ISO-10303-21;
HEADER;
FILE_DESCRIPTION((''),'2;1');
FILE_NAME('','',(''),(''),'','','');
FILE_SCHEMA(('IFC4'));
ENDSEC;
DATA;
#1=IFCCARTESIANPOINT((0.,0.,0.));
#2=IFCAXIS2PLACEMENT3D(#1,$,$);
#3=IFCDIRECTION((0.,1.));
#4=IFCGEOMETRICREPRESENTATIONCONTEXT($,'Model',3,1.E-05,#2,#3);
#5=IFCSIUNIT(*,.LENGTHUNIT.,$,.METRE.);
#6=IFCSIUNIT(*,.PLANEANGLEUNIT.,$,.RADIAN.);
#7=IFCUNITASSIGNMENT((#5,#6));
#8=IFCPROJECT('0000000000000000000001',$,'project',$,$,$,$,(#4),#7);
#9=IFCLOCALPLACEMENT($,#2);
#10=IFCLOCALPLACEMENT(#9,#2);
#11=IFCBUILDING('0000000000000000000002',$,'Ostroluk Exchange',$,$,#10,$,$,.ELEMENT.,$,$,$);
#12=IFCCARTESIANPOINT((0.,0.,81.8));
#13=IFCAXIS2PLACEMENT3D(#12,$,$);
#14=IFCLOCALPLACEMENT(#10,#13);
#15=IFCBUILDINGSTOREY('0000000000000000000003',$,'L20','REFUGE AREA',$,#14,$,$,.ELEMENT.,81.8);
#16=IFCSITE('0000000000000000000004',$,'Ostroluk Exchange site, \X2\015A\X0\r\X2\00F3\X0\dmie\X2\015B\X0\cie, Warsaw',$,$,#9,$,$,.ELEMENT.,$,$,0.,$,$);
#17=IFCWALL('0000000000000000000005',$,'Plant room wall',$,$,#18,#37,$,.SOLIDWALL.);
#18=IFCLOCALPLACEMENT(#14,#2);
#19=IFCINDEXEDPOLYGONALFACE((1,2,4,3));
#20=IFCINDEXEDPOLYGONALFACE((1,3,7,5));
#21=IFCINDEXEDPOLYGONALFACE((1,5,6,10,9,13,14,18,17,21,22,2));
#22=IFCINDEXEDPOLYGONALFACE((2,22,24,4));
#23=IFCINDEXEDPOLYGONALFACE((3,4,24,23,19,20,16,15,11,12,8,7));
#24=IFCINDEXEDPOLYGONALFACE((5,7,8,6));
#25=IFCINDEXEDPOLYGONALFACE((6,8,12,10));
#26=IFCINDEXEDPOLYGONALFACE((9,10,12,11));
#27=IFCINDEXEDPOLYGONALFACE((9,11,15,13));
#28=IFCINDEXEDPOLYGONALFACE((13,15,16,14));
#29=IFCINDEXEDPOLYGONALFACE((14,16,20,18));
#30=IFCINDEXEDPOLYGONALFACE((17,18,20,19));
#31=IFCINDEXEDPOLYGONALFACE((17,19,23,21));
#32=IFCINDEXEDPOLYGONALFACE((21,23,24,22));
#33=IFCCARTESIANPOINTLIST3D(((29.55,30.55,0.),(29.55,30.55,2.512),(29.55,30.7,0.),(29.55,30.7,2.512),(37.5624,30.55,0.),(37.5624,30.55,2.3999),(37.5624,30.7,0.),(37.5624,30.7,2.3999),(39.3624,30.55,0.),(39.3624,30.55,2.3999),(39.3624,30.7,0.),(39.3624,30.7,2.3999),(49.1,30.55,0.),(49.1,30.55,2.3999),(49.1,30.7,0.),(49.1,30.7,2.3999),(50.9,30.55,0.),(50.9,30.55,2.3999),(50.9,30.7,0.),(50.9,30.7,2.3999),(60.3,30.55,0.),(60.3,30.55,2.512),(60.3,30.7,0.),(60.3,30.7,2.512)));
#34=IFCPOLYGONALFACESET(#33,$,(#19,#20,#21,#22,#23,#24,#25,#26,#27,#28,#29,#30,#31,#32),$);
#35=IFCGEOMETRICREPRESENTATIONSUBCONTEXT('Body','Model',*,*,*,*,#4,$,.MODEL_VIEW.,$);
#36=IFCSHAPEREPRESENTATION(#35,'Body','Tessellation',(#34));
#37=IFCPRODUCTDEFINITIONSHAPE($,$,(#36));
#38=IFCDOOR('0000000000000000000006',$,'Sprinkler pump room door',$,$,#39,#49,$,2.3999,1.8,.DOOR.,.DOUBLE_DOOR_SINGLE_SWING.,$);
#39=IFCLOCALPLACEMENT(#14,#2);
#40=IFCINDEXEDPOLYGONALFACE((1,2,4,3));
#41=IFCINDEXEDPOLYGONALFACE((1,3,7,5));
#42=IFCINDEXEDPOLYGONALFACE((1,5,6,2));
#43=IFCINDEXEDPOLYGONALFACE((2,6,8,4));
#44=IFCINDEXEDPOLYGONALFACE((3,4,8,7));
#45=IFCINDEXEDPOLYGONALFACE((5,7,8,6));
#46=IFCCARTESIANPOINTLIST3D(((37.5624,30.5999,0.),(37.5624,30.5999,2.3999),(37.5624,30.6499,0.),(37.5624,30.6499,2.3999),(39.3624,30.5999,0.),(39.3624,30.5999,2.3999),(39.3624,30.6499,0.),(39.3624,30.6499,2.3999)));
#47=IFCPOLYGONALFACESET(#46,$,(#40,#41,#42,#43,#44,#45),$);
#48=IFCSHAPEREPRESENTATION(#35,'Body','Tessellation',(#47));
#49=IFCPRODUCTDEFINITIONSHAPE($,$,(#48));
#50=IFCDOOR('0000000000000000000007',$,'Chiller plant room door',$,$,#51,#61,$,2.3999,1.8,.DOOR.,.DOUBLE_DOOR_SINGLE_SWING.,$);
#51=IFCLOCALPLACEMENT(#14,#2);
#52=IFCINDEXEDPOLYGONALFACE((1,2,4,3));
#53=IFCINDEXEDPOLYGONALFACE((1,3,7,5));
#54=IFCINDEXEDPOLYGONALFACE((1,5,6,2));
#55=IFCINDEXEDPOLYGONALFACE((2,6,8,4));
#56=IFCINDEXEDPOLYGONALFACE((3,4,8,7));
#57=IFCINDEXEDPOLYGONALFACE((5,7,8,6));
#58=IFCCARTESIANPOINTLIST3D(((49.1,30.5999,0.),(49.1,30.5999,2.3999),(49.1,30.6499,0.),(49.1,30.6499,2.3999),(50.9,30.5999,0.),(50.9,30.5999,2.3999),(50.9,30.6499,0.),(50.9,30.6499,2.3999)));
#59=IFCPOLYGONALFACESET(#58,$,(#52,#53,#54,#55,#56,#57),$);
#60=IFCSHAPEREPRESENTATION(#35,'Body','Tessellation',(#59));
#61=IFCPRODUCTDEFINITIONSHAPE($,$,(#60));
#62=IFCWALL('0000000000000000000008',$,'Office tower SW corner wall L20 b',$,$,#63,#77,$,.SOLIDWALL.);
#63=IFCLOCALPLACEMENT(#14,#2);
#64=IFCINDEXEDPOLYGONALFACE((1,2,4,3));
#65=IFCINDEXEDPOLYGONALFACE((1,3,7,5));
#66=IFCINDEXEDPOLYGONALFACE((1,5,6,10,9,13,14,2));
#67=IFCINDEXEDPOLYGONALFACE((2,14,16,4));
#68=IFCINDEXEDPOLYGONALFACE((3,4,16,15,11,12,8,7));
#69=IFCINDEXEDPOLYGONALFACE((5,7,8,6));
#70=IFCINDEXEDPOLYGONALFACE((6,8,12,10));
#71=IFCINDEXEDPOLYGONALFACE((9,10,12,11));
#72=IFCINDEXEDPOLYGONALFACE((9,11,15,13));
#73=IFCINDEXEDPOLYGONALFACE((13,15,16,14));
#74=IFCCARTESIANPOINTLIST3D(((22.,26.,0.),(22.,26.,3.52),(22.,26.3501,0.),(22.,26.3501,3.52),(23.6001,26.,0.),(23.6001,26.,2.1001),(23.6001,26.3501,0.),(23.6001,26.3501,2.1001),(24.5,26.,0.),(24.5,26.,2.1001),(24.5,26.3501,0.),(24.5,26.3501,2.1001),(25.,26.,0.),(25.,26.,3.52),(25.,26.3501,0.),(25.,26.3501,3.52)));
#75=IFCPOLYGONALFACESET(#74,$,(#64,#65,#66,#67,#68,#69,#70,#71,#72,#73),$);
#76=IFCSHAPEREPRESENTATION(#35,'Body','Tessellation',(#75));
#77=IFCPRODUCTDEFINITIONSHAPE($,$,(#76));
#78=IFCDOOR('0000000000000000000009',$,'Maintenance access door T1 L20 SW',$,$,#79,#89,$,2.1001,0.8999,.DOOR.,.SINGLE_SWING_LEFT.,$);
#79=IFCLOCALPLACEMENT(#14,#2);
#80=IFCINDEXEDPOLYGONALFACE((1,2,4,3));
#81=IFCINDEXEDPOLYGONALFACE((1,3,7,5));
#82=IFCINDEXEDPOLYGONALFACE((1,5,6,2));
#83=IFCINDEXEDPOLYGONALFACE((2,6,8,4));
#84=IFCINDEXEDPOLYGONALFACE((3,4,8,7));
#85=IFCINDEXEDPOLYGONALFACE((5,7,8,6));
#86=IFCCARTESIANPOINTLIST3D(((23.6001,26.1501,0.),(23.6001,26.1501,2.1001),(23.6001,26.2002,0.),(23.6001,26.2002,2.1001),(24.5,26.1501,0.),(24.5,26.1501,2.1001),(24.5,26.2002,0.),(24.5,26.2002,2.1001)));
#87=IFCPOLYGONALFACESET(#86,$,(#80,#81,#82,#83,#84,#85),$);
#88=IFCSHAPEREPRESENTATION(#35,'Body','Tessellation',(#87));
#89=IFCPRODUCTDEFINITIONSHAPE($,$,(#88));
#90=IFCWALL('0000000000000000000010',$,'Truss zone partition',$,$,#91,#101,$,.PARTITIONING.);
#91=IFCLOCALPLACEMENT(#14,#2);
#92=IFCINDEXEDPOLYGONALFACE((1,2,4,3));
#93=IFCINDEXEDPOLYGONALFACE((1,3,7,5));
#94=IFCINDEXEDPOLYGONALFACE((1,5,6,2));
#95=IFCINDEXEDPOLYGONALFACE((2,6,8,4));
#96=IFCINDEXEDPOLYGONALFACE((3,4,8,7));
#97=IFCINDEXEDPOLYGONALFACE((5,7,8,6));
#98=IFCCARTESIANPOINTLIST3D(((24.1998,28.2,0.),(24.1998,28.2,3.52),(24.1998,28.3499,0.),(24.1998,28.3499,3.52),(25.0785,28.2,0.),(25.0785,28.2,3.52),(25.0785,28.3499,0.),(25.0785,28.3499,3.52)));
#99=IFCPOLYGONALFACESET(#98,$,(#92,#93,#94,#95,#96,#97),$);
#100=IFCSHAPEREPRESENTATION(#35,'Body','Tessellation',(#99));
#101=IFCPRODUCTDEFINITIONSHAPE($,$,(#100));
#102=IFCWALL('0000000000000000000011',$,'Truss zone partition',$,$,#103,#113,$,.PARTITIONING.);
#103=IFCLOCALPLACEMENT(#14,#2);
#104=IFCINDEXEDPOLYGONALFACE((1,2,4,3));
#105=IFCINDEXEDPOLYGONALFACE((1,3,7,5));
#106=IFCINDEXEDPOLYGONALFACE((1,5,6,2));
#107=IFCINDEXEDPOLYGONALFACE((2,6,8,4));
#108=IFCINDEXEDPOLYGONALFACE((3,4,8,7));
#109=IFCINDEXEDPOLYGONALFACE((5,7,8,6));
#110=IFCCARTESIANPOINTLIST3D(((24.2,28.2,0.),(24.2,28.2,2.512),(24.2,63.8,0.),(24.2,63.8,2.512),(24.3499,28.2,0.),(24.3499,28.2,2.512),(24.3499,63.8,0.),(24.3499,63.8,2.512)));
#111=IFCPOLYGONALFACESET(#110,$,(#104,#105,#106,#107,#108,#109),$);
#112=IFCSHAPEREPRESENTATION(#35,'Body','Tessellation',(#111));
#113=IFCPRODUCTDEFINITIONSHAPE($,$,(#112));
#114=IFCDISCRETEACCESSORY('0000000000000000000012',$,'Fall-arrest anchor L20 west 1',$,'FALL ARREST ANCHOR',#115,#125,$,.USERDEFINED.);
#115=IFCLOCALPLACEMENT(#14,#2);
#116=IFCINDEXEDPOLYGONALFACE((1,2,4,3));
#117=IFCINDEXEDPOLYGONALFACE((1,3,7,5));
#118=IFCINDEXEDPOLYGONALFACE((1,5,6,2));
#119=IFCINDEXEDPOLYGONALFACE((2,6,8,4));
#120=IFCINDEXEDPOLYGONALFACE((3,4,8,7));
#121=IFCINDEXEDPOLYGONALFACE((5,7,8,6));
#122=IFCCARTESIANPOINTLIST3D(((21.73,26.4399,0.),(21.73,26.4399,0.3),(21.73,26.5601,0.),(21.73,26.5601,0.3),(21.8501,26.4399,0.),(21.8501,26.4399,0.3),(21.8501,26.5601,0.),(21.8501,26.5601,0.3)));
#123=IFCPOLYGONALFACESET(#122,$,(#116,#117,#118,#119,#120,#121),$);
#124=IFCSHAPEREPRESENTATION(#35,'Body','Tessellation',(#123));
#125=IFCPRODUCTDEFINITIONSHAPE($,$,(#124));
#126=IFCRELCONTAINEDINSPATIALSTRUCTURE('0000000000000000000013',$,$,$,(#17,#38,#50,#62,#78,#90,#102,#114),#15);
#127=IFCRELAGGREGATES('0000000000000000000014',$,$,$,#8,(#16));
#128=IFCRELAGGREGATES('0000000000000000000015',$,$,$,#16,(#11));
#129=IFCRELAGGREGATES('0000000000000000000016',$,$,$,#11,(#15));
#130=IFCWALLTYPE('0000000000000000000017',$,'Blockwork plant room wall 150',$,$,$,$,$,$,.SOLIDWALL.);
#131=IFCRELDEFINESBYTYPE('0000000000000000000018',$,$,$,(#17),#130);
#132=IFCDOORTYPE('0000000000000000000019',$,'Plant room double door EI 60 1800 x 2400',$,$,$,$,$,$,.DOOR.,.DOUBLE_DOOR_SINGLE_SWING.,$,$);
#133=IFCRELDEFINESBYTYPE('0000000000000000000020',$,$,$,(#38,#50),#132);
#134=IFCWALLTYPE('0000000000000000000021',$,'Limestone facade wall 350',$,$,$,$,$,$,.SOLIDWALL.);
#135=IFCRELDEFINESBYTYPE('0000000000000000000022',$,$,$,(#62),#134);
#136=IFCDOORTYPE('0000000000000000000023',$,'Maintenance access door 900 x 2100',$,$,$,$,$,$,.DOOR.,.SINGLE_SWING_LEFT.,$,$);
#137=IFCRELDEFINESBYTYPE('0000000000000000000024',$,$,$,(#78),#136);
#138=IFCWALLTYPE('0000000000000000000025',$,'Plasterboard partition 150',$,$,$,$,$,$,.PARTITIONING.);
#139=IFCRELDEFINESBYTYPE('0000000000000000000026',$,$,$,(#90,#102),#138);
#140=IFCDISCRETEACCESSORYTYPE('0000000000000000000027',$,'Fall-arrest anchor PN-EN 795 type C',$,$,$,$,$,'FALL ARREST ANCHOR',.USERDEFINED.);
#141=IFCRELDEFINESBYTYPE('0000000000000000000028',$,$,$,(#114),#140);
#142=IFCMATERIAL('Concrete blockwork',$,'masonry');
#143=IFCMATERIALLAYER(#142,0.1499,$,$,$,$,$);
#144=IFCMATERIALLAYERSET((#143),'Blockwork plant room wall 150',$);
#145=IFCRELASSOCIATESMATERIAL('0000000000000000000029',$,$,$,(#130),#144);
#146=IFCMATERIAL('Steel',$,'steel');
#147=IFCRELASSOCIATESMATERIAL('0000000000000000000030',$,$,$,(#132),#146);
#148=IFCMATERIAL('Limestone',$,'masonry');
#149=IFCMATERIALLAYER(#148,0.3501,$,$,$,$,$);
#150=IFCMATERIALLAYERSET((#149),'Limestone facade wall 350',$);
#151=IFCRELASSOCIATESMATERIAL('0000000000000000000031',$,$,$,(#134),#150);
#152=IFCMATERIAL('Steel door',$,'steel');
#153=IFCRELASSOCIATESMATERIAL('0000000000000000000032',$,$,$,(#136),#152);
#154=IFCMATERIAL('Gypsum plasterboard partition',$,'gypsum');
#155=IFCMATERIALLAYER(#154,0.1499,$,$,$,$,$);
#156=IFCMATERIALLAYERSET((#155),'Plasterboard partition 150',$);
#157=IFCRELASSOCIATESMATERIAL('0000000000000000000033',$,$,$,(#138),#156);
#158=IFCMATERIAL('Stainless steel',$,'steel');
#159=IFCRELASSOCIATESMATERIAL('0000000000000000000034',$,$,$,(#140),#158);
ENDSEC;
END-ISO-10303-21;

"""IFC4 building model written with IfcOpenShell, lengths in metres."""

from ifc_helpers import new_model, si_unit, direction, frame, frame_2d, origin, origin_2d, place, context, subcontext, project, spatial, rectangle, extrude, material, layer, layer_set, type_object, element, fill, save


model = new_model("IFC4")

# Units and contexts
model_context = context("Model", 3, precision=1e-05, world=origin(), true_north=direction((0.0, 1.0)))
body_context = subcontext(model_context, "Body", "Model", "MODEL_VIEW")
ifc_project = project(units=[si_unit("LENGTHUNIT", "METRE"), si_unit("PLANEANGLEUNIT", "RADIAN")], contexts=[model_context])

# Site, building, storey
site_placement = place(None, origin())
site = spatial("IfcSite", under=ifc_project, at=site_placement, Name="Ostroluk Exchange site, Śródmieście, Warsaw", CompositionType="ELEMENT", RefElevation=0.0)
building_placement = place(site_placement, origin())
building = spatial("IfcBuilding", under=site, at=building_placement, Name="Ostroluk Exchange", CompositionType="ELEMENT")
storey_placement = place(building_placement, frame((0.0, 0.0, 81.8)))
storey = spatial("IfcBuildingStorey", under=building, at=storey_placement, Name="L20", Description="REFUGE AREA", CompositionType="ELEMENT", Elevation=81.8)

# Wall, openings, doors
ifc_material_1 = material(Name="Concrete blockwork", Category="masonry")
ifc_layer_1 = layer(ifc_material_1, 0.1499)
ifc_layer_set_1 = layer_set([ifc_layer_1], Name="Blockwork plant room wall 150")
wall_type_1 = type_object("IfcWallType", Name="Blockwork plant room wall 150", PredefinedType="SOLIDWALL", material=ifc_layer_set_1)
wall_1_placement = place(storey_placement, frame((29.55, 30.625, 0.0), z_axis=(0.0, 0.0, 1.0), x_axis=(1.0, 0.0, 0.0)))
wall_1 = element("IfcWall", 1, at=wall_1_placement, inside=storey, type_object=wall_type_1, Name="Plant room wall", PredefinedType="SOLIDWALL", context=body_context, shape_type="SweptSolid", body=[
    extrude(rectangle(XDim=30.75, YDim=0.1499, at=frame_2d((15.375, 0.0))), origin(), (0.0, 0.0, 1.0), 2.512),
])
opening_1_placement = place(wall_1_placement, frame((8.0125, 0.0, 0.0)))
opening_1 = element("IfcOpeningElement", 2, at=opening_1_placement, cuts=wall_1, PredefinedType="OPENING", context=body_context, shape_type="SweptSolid", body=[
    extrude(rectangle(XDim=1.8, YDim=2.3999, at=frame_2d((0.8999, 1.2))), frame((0.0, 0.085, 0.0), z_axis=(0.0, -1.0, 0.0), x_axis=(1.0, 0.0, 0.0)), (0.0, 0.0, 1.0), 0.1699),
])
opening_2_placement = place(wall_1_placement, frame((19.55, 0.0, 0.0)))
opening_2 = element("IfcOpeningElement", 3, at=opening_2_placement, cuts=wall_1, PredefinedType="OPENING", context=body_context, shape_type="SweptSolid", body=[
    extrude(rectangle(XDim=1.8, YDim=2.3999, at=frame_2d((0.8999, 1.2))), frame((0.0, 0.085, 0.0), z_axis=(0.0, -1.0, 0.0), x_axis=(1.0, 0.0, 0.0)), (0.0, 0.0, 1.0), 0.1699),
])
ifc_material_2 = material(Name="Steel", Category="steel")
door_type_1 = type_object("IfcDoorType", Name="Plant room double door EI 60 1800 x 2400", OperationType="DOUBLE_DOOR_SINGLE_SWING", PredefinedType="DOOR", material=ifc_material_2)
door_1_placement = place(opening_1_placement, origin())
door_1 = element("IfcDoor", 4, at=door_1_placement, inside=storey, type_object=door_type_1, Name="Sprinkler pump room door", OperationType="DOUBLE_DOOR_SINGLE_SWING", OverallHeight=2.3999, OverallWidth=1.8, PredefinedType="DOOR", context=body_context, shape_type="SweptSolid", body=[
    extrude(rectangle(XDim=1.8, YDim=2.3999, at=frame_2d((0.8999, 1.2))), frame((0.0, 0.0249, 0.0), z_axis=(0.0, -1.0, 0.0), x_axis=(1.0, 0.0, 0.0)), (0.0, 0.0, 1.0), 0.05),
])
fill(opening_1, door_1)
door_2_placement = place(opening_2_placement, origin())
door_2 = element("IfcDoor", 5, at=door_2_placement, inside=storey, type_object=door_type_1, Name="Chiller plant room door", OperationType="DOUBLE_DOOR_SINGLE_SWING", OverallHeight=2.3999, OverallWidth=1.8, PredefinedType="DOOR", context=body_context, shape_type="SweptSolid", body=[
    extrude(rectangle(XDim=1.8, YDim=2.3999, at=frame_2d((0.8999, 1.2))), frame((0.0, 0.0249, 0.0), z_axis=(0.0, -1.0, 0.0), x_axis=(1.0, 0.0, 0.0)), (0.0, 0.0, 1.0), 0.05),
])
fill(opening_2, door_2)

# Wall, opening, door
ifc_material_3 = material(Name="Limestone", Category="masonry")
ifc_layer_2 = layer(ifc_material_3, 0.3501)
ifc_layer_set_2 = layer_set([ifc_layer_2], Name="Limestone facade wall 350")
wall_type_2 = type_object("IfcWallType", Name="Limestone facade wall 350", PredefinedType="SOLIDWALL", material=ifc_layer_set_2)
wall_2_placement = place(storey_placement, frame((25.0, 26.175, 0.0), z_axis=(0.0, 0.0, 1.0), x_axis=(-1.0, 0.0, 0.0)))
wall_2 = element("IfcWall", 6, at=wall_2_placement, inside=storey, type_object=wall_type_2, Name="Office tower SW corner wall L20 b", PredefinedType="SOLIDWALL", context=body_context, shape_type="SweptSolid", body=[
    extrude(rectangle(XDim=3.0, YDim=0.3501, at=frame_2d((1.5, 0.0))), origin(), (0.0, 0.0, 1.0), 3.52),
])
opening_3_placement = place(wall_2_placement, frame((0.5, 0.0, 0.0)))
opening_3 = element("IfcOpeningElement", 7, at=opening_3_placement, cuts=wall_2, PredefinedType="OPENING", context=body_context, shape_type="SweptSolid", body=[
    extrude(rectangle(XDim=0.8999, YDim=2.1001, at=frame_2d((0.45, 1.05))), frame((0.0, 0.1851, 0.0), z_axis=(0.0, -1.0, 0.0), x_axis=(1.0, 0.0, 0.0)), (0.0, 0.0, 1.0), 0.3701),
])
ifc_material_4 = material(Name="Steel door", Category="steel")
door_type_2 = type_object("IfcDoorType", Name="Maintenance access door 900 x 2100", OperationType="SINGLE_SWING_LEFT", PredefinedType="DOOR", material=ifc_material_4)
door_3_placement = place(opening_3_placement, origin())
door_3 = element("IfcDoor", 8, at=door_3_placement, inside=storey, type_object=door_type_2, Name="Maintenance access door T1 L20 SW", OperationType="SINGLE_SWING_LEFT", OverallHeight=2.1001, OverallWidth=0.8999, PredefinedType="DOOR", context=body_context, shape_type="SweptSolid", body=[
    extrude(rectangle(XDim=0.8999, YDim=2.1001, at=frame_2d((0.45, 1.05))), frame((0.0, 0.0249, 0.0), z_axis=(0.0, -1.0, 0.0), x_axis=(1.0, 0.0, 0.0)), (0.0, 0.0, 1.0), 0.05),
])
fill(opening_3, door_3)

# Walls
ifc_material_5 = material(Name="Gypsum plasterboard partition", Category="gypsum")
ifc_layer_3 = layer(ifc_material_5, 0.1499)
ifc_layer_set_3 = layer_set([ifc_layer_3], Name="Plasterboard partition 150")
wall_type_3 = type_object("IfcWallType", Name="Plasterboard partition 150", PredefinedType="PARTITIONING", material=ifc_layer_set_3)
wall_3_placement = place(storey_placement, frame((25.0786, 28.2749, 0.0), z_axis=(0.0, 0.0, 1.0), x_axis=(-1.0, 0.0, 0.0)))
element("IfcWall", 9, at=wall_3_placement, inside=storey, type_object=wall_type_3, Name="Truss zone partition", PredefinedType="PARTITIONING", context=body_context, shape_type="SweptSolid", body=[
    extrude(rectangle(XDim=0.8787, YDim=0.1499, at=frame_2d((0.4395, 0.0))), origin(), (0.0, 0.0, 1.0), 3.52),
])
wall_4_placement = place(storey_placement, frame((24.2749, 28.2, 0.0), z_axis=(0.0, 0.0, 1.0), x_axis=(0.0, 1.0, 0.0)))
element("IfcWall", 10, at=wall_4_placement, inside=storey, type_object=wall_type_3, Name="Truss zone partition", PredefinedType="PARTITIONING", context=body_context, shape_type="SweptSolid", body=[
    extrude(rectangle(XDim=35.6001, YDim=0.1499, at=frame_2d((17.8, 0.0))), origin(), (0.0, 0.0, 1.0), 2.512),
])

# Discrete accessory
ifc_material_6 = material(Name="Stainless steel", Category="steel")
discrete_accessory_type = type_object("IfcDiscreteAccessoryType", Name="Fall-arrest anchor PN-EN 795 type C", ElementType="FALL ARREST ANCHOR", PredefinedType="USERDEFINED", material=ifc_material_6)
discrete_accessory_placement = place(storey_placement, frame((21.79, 26.5, 0.0), z_axis=(0.0, 0.0, 1.0), x_axis=(1.0, 0.0, 0.0)))
element("IfcDiscreteAccessory", 11, at=discrete_accessory_placement, inside=storey, type_object=discrete_accessory_type, Name="Fall-arrest anchor L20 west 1", ObjectType="FALL ARREST ANCHOR", PredefinedType="USERDEFINED", context=body_context, shape_type="SweptSolid", body=[
    extrude(rectangle(XDim=0.1201, YDim=0.1201, at=origin_2d()), origin(), (0.0, 0.0, 1.0), 0.3),
])

save(model, "model.ifc")
